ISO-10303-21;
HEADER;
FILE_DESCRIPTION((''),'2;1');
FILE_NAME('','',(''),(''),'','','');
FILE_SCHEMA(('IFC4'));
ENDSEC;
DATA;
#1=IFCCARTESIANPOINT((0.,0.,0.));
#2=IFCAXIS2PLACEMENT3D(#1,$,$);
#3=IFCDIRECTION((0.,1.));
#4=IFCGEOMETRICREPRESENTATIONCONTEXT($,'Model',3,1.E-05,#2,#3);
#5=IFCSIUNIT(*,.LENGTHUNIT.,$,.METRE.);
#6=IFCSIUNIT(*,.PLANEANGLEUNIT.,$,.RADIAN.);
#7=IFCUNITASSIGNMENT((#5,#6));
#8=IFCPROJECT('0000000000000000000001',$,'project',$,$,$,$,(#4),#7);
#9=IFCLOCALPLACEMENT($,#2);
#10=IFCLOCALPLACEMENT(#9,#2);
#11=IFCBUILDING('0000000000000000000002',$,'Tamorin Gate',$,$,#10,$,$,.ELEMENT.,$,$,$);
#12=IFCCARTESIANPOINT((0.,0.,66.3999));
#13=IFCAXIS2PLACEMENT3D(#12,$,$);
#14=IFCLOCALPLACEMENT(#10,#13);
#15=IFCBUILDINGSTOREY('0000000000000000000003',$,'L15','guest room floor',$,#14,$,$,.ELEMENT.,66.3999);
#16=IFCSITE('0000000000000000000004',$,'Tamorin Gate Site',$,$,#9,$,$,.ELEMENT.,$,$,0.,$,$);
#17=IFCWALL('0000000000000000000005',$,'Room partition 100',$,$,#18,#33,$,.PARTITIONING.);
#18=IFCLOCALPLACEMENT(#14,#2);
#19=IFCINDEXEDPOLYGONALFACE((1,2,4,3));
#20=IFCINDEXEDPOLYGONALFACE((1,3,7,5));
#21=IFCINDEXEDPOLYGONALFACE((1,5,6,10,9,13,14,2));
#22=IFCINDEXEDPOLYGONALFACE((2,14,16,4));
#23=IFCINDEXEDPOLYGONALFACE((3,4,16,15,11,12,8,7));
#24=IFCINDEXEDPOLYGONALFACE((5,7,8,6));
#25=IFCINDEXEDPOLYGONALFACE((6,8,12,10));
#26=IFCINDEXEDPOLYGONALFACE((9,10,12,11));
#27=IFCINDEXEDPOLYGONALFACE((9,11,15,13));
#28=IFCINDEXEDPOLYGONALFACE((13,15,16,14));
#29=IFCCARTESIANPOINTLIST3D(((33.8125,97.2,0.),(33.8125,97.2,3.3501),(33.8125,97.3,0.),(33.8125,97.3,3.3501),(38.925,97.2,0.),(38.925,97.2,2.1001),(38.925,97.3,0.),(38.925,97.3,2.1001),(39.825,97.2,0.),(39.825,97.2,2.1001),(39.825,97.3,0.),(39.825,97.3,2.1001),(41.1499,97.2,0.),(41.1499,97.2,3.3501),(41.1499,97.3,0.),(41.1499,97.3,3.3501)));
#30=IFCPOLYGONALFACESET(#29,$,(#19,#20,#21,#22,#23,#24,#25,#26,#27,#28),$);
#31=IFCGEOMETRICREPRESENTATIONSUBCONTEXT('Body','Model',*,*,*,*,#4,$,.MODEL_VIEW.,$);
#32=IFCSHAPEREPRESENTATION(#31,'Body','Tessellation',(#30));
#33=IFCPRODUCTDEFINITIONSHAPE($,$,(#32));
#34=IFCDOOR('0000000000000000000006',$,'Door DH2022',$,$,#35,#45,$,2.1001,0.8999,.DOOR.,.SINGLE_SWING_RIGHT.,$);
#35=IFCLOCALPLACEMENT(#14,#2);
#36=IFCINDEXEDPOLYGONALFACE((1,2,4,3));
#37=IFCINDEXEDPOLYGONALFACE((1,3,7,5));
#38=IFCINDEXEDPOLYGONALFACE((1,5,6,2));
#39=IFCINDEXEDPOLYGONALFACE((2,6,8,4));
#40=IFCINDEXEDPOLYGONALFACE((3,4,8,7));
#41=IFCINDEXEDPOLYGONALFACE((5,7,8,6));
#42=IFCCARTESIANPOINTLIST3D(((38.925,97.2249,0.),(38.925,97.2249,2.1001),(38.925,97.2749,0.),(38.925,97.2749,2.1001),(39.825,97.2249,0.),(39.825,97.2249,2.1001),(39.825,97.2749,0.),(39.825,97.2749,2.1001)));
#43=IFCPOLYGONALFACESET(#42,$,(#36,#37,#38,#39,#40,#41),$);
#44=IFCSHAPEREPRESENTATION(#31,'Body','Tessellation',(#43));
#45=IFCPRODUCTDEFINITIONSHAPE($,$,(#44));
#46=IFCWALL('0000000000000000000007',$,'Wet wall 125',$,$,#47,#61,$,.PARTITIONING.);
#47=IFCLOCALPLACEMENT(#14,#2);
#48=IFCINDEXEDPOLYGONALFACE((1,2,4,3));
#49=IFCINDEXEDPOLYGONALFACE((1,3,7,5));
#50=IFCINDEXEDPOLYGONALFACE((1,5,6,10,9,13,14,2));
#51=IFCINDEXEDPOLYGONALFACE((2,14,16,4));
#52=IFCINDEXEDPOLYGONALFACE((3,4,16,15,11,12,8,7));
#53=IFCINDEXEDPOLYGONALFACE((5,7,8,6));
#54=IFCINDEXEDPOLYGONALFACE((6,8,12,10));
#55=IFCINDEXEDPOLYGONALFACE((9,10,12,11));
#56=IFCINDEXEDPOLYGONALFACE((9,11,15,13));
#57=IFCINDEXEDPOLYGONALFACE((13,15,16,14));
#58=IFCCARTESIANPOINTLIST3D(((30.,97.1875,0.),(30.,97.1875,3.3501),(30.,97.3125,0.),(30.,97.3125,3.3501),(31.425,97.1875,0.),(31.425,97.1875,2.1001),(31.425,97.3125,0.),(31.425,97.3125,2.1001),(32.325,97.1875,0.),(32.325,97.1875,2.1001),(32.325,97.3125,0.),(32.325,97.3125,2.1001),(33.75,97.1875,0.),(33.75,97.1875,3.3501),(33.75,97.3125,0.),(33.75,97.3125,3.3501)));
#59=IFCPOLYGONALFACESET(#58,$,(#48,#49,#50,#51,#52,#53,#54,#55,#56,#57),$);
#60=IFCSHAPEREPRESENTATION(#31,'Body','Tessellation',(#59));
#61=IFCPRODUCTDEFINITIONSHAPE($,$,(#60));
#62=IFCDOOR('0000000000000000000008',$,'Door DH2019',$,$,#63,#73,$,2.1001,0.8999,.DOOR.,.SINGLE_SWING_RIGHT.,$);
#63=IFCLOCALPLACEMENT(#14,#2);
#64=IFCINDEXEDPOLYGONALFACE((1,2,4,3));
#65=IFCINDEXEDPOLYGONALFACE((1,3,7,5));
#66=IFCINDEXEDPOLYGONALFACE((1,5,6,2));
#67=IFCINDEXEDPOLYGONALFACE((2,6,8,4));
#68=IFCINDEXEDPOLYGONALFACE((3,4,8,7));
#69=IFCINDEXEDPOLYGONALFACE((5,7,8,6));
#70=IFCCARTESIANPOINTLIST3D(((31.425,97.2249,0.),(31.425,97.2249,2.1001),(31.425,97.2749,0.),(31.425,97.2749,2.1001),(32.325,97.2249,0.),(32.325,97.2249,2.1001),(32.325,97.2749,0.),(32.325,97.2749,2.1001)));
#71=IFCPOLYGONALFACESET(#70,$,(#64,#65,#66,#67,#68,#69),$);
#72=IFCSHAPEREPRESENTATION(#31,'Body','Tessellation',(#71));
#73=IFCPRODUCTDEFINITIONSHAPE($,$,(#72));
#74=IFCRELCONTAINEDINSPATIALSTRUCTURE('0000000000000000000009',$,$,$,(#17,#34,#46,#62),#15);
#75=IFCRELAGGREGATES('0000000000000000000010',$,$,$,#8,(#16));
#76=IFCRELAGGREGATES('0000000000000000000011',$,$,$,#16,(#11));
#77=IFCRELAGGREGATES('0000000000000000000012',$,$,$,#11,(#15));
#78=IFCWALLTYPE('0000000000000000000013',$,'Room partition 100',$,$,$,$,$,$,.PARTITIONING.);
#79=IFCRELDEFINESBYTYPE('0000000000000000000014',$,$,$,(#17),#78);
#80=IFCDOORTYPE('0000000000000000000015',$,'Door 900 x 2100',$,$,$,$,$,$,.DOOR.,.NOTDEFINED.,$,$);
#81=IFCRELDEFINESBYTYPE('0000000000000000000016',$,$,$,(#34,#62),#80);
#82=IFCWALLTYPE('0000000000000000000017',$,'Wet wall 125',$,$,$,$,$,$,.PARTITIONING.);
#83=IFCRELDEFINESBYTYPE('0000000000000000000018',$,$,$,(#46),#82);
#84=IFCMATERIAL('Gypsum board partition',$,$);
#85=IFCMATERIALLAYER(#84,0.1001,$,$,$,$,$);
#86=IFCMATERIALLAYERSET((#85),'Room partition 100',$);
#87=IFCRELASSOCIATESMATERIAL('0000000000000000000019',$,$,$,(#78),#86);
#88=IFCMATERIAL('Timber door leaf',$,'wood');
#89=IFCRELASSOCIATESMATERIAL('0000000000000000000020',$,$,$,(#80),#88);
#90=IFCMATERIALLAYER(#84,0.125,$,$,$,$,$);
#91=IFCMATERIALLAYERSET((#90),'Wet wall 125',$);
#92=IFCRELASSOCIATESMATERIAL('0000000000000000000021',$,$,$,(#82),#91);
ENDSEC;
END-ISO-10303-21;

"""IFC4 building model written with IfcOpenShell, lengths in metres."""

from ifc_helpers import new_model, si_unit, direction, frame, frame_2d, origin, place, context, subcontext, project, spatial, rectangle, extrude, material, layer, layer_set, type_object, element, fill, save


model = new_model("IFC4")

# Units and contexts
model_context = context("Model", 3, precision=1e-05, world=origin(), true_north=direction((0.0, 1.0)))
body_context = subcontext(model_context, "Body", "Model", "MODEL_VIEW")
ifc_project = project(units=[si_unit("LENGTHUNIT", "METRE"), si_unit("PLANEANGLEUNIT", "RADIAN")], contexts=[model_context])

# Site, building, storey
site_placement = place(None, origin())
site = spatial("IfcSite", under=ifc_project, at=site_placement, Name="Tamorin Gate Site", CompositionType="ELEMENT", RefElevation=0.0)
building_placement = place(site_placement, origin())
building = spatial("IfcBuilding", under=site, at=building_placement, Name="Tamorin Gate", CompositionType="ELEMENT")
storey_placement = place(building_placement, frame((0.0, 0.0, 66.3999)))
storey = spatial("IfcBuildingStorey", under=building, at=storey_placement, Name="L15", Description="guest room floor", CompositionType="ELEMENT", Elevation=66.3999)

# Walls, openings, doors
ifc_material_1 = material(Name="Gypsum board partition")
ifc_layer_1 = layer(ifc_material_1, 0.1001)
ifc_layer_set_1 = layer_set([ifc_layer_1], Name="Room partition 100")
wall_type_1 = type_object("IfcWallType", Name="Room partition 100", PredefinedType="PARTITIONING", material=ifc_layer_set_1)
wall_1_placement = place(storey_placement, frame((33.8125, 97.25, 0.0), z_axis=(0.0, 0.0, 1.0), x_axis=(1.0, 0.0, 0.0)))
wall_1 = element("IfcWall", 1, at=wall_1_placement, inside=storey, type_object=wall_type_1, Name="Room partition 100", PredefinedType="PARTITIONING", context=body_context, shape_type="SweptSolid", body=[
    extrude(rectangle(XDim=7.3374, YDim=0.1001, at=frame_2d((3.6687, 0.0))), origin(), (0.0, 0.0, 1.0), 3.3501),
])
opening_1_placement = place(wall_1_placement, frame((5.1125, 0.0, 0.0)))
opening_1 = element("IfcOpeningElement", 2, at=opening_1_placement, cuts=wall_1, PredefinedType="OPENING", context=body_context, shape_type="SweptSolid", body=[
    extrude(rectangle(XDim=0.8999, YDim=2.1001, at=frame_2d((0.45, 1.05))), frame((0.0, 0.0601, 0.0), z_axis=(0.0, -1.0, 0.0), x_axis=(1.0, 0.0, 0.0)), (0.0, 0.0, 1.0), 0.1201),
])
ifc_material_2 = material(Name="Timber door leaf", Category="wood")
door_type = type_object("IfcDoorType", Name="Door 900 x 2100", OperationType="NOTDEFINED", PredefinedType="DOOR", material=ifc_material_2)
door_1_placement = place(opening_1_placement, origin())
door_1 = element("IfcDoor", 3, at=door_1_placement, inside=storey, type_object=door_type, Name="Door DH2022", OperationType="SINGLE_SWING_RIGHT", OverallHeight=2.1001, OverallWidth=0.8999, PredefinedType="DOOR", context=body_context, shape_type="SweptSolid", body=[
    extrude(rectangle(XDim=0.8999, YDim=2.1001, at=frame_2d((0.45, 1.05))), frame((0.0, 0.0249, 0.0), z_axis=(0.0, -1.0, 0.0), x_axis=(1.0, 0.0, 0.0)), (0.0, 0.0, 1.0), 0.05),
])
fill(opening_1, door_1)
ifc_layer_2 = layer(ifc_material_1, 0.125)
ifc_layer_set_2 = layer_set([ifc_layer_2], Name="Wet wall 125")
wall_type_2 = type_object("IfcWallType", Name="Wet wall 125", PredefinedType="PARTITIONING", material=ifc_layer_set_2)
wall_2_placement = place(storey_placement, frame((30.0, 97.25, 0.0), z_axis=(0.0, 0.0, 1.0), x_axis=(1.0, 0.0, 0.0)))
wall_2 = element("IfcWall", 4, at=wall_2_placement, inside=storey, type_object=wall_type_2, Name="Wet wall 125", PredefinedType="PARTITIONING", context=body_context, shape_type="SweptSolid", body=[
    extrude(rectangle(XDim=3.75, YDim=0.125, at=frame_2d((1.875, 0.0))), origin(), (0.0, 0.0, 1.0), 3.3501),
])
opening_2_placement = place(wall_2_placement, frame((1.425, 0.0, 0.0)))
opening_2 = element("IfcOpeningElement", 5, at=opening_2_placement, cuts=wall_2, PredefinedType="OPENING", context=body_context, shape_type="SweptSolid", body=[
    extrude(rectangle(XDim=0.8999, YDim=2.1001, at=frame_2d((0.45, 1.05))), frame((0.0, 0.0725, 0.0), z_axis=(0.0, -1.0, 0.0), x_axis=(1.0, 0.0, 0.0)), (0.0, 0.0, 1.0), 0.145),
])
door_2_placement = place(opening_2_placement, origin())
door_2 = element("IfcDoor", 6, at=door_2_placement, inside=storey, type_object=door_type, Name="Door DH2019", OperationType="SINGLE_SWING_RIGHT", OverallHeight=2.1001, OverallWidth=0.8999, PredefinedType="DOOR", context=body_context, shape_type="SweptSolid", body=[
    extrude(rectangle(XDim=0.8999, YDim=2.1001, at=frame_2d((0.45, 1.05))), frame((0.0, 0.0249, 0.0), z_axis=(0.0, -1.0, 0.0), x_axis=(1.0, 0.0, 0.0)), (0.0, 0.0, 1.0), 0.05),
])
fill(opening_2, door_2)

save(model, "model.ifc")
